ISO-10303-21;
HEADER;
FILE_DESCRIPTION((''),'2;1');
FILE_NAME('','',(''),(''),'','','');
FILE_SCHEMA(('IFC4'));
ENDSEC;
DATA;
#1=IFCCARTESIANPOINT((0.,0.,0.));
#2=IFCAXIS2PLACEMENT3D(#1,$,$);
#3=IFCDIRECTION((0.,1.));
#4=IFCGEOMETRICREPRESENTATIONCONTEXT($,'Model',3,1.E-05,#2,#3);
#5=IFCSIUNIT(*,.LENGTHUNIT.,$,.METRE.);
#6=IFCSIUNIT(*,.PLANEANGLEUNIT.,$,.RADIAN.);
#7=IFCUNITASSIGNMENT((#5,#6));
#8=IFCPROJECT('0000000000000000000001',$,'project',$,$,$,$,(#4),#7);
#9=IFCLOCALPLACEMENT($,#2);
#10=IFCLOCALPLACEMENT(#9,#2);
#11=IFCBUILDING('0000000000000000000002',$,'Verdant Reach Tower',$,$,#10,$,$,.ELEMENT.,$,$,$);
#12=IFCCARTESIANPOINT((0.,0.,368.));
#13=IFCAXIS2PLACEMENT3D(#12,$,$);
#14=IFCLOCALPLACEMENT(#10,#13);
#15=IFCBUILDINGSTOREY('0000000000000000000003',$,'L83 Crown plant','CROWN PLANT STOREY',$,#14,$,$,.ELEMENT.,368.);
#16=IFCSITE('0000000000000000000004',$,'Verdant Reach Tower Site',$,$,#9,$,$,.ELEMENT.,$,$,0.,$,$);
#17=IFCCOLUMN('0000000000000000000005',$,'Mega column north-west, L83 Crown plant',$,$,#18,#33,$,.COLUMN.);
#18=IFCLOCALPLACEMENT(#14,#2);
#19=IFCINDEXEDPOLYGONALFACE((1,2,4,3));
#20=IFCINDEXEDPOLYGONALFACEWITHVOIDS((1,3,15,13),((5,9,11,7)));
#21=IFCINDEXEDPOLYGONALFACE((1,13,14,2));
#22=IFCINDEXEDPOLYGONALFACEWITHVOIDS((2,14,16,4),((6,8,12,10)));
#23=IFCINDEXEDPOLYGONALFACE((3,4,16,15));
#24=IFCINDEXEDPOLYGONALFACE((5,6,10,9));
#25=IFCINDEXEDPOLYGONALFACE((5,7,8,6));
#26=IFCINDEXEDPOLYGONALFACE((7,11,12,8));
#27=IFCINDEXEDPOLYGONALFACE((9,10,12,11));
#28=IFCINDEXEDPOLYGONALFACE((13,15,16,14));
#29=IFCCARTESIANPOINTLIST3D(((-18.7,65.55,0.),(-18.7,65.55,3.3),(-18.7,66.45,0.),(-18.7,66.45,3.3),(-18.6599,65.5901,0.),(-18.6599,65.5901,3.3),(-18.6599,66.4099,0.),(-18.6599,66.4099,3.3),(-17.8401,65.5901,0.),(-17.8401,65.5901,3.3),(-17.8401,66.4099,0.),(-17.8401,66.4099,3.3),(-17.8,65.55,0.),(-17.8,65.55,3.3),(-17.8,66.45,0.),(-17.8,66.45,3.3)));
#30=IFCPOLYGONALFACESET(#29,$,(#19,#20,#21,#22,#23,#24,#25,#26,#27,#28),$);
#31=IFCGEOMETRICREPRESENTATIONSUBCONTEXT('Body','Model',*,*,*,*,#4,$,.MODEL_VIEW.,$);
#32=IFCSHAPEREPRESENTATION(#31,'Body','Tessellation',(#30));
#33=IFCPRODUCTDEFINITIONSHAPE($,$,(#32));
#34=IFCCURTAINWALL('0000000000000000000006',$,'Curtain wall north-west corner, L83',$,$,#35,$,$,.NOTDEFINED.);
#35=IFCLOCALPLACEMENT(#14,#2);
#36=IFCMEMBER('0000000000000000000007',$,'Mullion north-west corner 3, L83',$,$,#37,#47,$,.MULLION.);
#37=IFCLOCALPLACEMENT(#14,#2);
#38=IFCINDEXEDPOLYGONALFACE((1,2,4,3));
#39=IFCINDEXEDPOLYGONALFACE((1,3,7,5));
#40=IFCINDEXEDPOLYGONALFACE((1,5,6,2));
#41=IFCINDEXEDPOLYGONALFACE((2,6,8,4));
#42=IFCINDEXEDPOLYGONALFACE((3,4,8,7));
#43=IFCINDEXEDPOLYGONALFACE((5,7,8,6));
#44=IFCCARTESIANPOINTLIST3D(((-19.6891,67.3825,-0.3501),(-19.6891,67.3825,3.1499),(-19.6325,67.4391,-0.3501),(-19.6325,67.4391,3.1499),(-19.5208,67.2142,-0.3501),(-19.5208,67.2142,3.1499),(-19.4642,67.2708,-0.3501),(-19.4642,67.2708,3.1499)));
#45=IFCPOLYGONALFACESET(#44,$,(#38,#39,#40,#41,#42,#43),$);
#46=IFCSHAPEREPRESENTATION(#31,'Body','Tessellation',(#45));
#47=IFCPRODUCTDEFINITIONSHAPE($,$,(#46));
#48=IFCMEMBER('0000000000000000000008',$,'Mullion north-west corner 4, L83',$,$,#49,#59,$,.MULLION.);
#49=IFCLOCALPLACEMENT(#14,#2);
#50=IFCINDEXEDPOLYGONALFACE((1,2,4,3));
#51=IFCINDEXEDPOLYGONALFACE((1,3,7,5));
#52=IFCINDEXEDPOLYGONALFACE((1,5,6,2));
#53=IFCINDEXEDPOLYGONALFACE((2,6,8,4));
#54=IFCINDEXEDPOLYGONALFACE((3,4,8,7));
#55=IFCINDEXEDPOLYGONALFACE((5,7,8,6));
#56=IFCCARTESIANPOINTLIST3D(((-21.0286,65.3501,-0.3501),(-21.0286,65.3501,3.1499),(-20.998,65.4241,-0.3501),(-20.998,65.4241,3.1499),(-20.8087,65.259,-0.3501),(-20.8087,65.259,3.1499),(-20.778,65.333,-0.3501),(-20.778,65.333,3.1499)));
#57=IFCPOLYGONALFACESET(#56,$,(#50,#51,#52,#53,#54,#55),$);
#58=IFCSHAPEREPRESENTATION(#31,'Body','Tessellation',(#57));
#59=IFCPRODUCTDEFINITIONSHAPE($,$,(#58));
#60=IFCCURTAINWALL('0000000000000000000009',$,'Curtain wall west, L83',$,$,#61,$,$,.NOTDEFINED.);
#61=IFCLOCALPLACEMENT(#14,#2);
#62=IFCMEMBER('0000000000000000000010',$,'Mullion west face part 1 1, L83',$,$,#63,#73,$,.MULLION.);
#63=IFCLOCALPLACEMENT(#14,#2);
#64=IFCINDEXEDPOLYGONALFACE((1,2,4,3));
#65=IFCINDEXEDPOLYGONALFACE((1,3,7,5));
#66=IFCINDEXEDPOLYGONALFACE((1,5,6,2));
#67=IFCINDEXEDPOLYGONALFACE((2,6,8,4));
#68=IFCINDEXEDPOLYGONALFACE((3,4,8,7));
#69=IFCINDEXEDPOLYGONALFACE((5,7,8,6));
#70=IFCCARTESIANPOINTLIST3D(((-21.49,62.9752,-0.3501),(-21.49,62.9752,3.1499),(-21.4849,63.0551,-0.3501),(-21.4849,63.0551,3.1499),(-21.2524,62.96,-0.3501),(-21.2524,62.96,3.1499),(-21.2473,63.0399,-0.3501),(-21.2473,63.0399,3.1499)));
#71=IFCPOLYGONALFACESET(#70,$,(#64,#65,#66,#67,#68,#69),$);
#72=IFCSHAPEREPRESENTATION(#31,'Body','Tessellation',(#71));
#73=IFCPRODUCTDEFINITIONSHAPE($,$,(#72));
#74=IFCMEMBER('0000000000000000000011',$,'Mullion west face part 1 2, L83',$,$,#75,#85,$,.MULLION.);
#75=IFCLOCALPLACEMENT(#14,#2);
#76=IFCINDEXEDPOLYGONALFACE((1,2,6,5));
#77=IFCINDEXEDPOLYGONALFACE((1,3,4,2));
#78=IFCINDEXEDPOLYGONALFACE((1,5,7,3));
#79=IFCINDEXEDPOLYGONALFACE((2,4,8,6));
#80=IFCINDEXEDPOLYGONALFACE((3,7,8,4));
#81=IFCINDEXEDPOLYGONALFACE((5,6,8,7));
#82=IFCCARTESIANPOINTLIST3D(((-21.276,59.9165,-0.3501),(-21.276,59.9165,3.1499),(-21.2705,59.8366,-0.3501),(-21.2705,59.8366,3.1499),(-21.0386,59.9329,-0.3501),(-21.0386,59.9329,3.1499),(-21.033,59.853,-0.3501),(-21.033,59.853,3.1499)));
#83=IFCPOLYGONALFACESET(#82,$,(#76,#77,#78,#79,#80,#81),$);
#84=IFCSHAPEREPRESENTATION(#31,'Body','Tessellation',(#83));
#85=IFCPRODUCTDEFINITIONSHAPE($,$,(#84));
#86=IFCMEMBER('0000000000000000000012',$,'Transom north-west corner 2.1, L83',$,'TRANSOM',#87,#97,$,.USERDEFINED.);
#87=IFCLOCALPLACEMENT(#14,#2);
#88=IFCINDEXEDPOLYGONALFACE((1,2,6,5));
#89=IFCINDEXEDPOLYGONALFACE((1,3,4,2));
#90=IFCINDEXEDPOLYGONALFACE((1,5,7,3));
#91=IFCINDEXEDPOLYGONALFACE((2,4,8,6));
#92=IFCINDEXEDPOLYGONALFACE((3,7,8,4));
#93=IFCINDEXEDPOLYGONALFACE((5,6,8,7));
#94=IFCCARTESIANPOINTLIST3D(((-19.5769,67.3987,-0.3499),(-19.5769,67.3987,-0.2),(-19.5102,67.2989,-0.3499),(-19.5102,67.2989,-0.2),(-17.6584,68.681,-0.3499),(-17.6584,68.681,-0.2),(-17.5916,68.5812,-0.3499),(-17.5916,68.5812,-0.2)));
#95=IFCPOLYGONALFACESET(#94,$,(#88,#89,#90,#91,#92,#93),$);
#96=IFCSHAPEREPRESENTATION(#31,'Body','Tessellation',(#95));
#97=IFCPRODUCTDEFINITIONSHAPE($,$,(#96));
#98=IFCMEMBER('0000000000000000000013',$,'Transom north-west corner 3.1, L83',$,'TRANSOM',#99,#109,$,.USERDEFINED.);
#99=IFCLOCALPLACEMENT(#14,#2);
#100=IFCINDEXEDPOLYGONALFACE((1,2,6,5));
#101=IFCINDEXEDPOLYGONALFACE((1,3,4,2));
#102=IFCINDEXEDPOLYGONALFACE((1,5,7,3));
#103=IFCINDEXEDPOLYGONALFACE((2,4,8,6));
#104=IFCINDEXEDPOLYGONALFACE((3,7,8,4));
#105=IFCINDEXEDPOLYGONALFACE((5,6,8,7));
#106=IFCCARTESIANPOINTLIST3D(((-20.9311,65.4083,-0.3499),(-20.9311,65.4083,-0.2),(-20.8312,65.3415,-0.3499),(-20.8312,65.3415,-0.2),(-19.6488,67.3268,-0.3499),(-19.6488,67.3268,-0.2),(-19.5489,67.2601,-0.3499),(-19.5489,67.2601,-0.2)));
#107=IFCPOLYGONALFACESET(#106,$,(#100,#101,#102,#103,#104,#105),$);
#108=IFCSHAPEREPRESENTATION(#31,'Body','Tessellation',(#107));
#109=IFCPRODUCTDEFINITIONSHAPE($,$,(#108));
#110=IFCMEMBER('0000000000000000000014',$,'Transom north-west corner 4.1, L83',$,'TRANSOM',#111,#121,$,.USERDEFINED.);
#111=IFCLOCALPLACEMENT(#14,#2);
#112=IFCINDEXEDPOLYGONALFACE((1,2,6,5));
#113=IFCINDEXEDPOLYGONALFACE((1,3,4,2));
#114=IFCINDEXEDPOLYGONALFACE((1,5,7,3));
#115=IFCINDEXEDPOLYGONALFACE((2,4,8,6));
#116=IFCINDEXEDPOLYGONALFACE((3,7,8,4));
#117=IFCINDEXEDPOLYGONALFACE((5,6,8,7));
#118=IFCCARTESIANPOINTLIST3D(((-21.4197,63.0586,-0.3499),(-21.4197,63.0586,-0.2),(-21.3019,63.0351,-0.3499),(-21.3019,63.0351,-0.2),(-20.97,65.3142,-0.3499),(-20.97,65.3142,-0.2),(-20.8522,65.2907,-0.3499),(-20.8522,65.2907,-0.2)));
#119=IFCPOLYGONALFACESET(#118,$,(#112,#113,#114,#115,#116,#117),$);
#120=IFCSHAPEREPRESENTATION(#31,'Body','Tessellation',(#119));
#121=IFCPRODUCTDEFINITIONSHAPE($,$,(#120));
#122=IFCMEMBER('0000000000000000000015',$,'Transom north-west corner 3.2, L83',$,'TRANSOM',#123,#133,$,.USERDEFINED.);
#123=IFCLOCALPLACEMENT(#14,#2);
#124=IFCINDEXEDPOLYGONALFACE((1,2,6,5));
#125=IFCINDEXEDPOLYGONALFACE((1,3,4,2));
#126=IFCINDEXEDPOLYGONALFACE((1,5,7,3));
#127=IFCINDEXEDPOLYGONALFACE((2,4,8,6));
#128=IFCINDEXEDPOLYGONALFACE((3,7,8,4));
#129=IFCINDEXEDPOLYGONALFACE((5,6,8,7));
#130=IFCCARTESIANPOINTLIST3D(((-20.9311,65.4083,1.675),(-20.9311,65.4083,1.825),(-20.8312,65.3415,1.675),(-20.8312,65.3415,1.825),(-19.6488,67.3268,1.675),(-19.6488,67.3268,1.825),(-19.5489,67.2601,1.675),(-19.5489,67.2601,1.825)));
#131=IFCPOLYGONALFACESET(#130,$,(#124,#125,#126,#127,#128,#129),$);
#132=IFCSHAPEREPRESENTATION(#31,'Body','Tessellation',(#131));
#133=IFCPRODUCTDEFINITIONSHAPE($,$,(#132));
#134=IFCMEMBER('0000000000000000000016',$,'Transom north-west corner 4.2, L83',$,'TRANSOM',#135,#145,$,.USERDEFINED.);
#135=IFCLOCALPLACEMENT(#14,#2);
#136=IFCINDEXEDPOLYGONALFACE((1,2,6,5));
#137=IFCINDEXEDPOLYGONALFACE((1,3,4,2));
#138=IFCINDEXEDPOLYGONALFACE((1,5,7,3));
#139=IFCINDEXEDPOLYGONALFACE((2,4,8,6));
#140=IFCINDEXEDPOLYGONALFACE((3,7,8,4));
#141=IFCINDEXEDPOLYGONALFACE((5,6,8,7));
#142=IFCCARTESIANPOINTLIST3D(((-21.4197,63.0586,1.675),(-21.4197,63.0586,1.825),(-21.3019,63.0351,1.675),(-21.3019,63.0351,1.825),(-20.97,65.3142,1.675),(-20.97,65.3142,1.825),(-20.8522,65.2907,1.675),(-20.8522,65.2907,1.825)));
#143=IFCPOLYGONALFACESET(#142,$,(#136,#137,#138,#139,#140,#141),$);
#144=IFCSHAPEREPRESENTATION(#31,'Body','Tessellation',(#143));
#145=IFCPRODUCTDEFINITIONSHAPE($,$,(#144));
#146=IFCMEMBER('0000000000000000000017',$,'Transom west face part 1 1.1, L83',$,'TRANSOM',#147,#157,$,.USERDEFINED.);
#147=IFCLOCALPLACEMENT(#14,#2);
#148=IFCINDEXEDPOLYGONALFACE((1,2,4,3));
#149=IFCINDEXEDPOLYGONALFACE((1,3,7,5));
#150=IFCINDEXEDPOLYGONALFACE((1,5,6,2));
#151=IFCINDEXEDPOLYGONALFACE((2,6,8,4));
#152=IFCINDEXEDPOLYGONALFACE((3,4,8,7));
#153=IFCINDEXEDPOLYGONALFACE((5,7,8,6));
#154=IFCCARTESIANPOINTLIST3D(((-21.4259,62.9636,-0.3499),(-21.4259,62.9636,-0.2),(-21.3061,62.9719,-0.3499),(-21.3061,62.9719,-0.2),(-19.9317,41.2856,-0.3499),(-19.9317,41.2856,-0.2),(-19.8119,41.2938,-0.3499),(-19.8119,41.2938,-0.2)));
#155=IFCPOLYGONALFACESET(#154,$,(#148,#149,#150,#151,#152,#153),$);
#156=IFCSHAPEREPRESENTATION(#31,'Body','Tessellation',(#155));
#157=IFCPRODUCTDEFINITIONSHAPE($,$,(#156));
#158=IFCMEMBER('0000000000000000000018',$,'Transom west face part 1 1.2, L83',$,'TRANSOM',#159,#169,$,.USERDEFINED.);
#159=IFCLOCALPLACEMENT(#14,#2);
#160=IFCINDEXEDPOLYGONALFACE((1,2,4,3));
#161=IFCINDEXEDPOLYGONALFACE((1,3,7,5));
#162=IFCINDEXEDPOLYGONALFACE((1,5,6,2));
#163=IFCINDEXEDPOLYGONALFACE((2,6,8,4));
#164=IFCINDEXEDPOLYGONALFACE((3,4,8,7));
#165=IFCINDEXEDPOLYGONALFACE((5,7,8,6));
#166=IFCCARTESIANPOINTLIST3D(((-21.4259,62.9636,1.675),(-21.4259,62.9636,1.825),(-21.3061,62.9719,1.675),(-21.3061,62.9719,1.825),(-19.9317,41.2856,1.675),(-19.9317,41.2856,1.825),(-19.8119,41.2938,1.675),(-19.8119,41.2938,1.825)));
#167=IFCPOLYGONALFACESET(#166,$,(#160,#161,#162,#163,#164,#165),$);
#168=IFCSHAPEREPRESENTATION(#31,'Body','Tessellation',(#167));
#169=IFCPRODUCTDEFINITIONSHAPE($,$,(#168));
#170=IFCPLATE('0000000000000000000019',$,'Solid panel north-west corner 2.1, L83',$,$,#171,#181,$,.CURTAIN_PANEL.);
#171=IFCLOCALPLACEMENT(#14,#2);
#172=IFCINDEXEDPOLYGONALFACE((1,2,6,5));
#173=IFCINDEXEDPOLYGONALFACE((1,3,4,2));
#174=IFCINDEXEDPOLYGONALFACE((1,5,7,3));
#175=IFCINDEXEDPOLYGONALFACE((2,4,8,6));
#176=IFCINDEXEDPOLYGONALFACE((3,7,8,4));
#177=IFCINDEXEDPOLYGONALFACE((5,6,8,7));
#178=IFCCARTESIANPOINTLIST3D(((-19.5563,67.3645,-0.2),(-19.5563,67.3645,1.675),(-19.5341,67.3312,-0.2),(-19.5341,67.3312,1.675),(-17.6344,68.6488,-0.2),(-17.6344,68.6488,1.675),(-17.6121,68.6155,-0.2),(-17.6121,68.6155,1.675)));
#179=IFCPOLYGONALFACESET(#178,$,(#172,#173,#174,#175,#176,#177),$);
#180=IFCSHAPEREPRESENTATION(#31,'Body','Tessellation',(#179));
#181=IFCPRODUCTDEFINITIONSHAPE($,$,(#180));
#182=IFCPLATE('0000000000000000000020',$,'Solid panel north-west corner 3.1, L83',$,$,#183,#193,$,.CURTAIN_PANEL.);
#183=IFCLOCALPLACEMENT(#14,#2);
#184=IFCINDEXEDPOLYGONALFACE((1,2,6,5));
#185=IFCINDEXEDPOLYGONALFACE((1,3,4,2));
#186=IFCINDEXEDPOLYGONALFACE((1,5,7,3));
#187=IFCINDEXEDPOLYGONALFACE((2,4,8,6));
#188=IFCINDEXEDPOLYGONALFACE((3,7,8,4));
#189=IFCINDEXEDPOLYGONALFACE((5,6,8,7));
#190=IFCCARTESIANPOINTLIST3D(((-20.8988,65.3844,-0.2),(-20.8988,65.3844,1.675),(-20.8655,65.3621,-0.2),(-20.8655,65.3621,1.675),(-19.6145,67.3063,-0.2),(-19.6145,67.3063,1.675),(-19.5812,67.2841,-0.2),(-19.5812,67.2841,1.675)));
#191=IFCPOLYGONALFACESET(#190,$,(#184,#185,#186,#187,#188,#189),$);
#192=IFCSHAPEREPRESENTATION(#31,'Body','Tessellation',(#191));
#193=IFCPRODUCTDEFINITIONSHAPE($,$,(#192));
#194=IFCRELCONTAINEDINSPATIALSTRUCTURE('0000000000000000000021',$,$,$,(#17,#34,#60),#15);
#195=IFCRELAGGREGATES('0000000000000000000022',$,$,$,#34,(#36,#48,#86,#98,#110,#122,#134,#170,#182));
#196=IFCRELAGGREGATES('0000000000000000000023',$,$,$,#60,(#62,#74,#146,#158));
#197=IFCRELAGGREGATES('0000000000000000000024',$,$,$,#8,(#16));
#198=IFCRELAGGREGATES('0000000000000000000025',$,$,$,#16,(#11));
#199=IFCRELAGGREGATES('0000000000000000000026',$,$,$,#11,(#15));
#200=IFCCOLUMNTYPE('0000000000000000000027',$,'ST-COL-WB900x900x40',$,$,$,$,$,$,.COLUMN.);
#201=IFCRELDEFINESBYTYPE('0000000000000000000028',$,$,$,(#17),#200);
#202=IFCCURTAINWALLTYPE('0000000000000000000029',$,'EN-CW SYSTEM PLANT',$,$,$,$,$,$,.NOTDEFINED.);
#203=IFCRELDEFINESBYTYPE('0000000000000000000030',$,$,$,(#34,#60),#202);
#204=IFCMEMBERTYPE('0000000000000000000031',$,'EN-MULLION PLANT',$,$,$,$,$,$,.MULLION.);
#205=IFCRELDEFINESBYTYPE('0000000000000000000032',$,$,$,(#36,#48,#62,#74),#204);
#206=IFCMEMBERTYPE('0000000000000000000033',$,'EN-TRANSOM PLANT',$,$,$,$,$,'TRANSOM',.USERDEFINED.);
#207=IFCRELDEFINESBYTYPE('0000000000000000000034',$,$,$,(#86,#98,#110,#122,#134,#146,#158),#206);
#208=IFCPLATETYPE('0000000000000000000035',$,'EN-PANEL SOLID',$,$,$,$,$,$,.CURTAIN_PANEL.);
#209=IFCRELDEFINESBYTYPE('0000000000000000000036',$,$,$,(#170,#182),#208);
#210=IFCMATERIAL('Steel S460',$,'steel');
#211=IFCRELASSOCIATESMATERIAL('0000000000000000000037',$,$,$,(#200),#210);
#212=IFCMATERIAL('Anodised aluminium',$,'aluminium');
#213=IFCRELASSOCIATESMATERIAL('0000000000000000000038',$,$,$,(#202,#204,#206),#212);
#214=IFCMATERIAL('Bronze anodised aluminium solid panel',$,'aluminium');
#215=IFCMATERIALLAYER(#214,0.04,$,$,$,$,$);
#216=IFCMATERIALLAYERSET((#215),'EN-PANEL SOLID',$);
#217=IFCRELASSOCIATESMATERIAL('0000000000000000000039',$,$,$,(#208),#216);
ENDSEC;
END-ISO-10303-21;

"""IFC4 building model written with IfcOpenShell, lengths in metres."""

from ifc_helpers import new_model, si_unit, direction, frame, origin, origin_2d, place, context, subcontext, project, spatial, rectangle, hollow_rectangle, extrude, material, layer, layer_set, material_profile, profile_set, type_object, element, aggregate, save


model = new_model("IFC4")

# Units and contexts
model_context = context("Model", 3, precision=1e-05, world=origin(), true_north=direction((0.0, 1.0)))
body_context = subcontext(model_context, "Body", "Model", "MODEL_VIEW")
ifc_project = project(units=[si_unit("LENGTHUNIT", "METRE"), si_unit("PLANEANGLEUNIT", "RADIAN")], contexts=[model_context])

# Site, building, storey
site_placement = place(None, origin())
site = spatial("IfcSite", under=ifc_project, at=site_placement, Name="Verdant Reach Tower Site", CompositionType="ELEMENT", RefElevation=0.0)
building_placement = place(site_placement, origin())
building = spatial("IfcBuilding", under=site, at=building_placement, Name="Verdant Reach Tower", CompositionType="ELEMENT")
storey_placement = place(building_placement, frame((0.0, 0.0, 368.0)))
storey = spatial("IfcBuildingStorey", under=building, at=storey_placement, Name="L83 Crown plant", Description="CROWN PLANT STOREY", CompositionType="ELEMENT", Elevation=368.0)

# Column
ifc_material_1 = material(Name="Steel S460", Category="steel")
ifc_material_profile_1 = material_profile(ifc_material_1, hollow_rectangle(XDim=0.8999, YDim=0.8999, WallThickness=0.04, at=origin_2d()), Name="WB 900x900x40")
ifc_profile_set_1 = profile_set([ifc_material_profile_1], Name="Steel S460")
column_type = type_object("IfcColumnType", Name="ST-COL-WB900x900x40", PredefinedType="COLUMN", material=ifc_profile_set_1)
column_placement = place(storey_placement, frame((-18.25, 66.0, 0.0), z_axis=(0.0, 0.0, 1.0), x_axis=(1.0, 0.0, 0.0)))
element("IfcColumn", 1, at=column_placement, inside=storey, type_object=column_type, Name="Mega column north-west, L83 Crown plant", PredefinedType="COLUMN", context=body_context, shape_type="SweptSolid", body=[
    extrude(hollow_rectangle(XDim=0.8999, YDim=0.8999, WallThickness=0.04, at=origin_2d()), origin(), (0.0, 0.0, 1.0), 3.3),
])

# Curtain walls, members
ifc_material_2 = material(Name="Anodised aluminium", Category="aluminium")
curtain_wall_type = type_object("IfcCurtainWallType", Name="EN-CW SYSTEM PLANT", PredefinedType="NOTDEFINED", material=ifc_material_2)
curtain_wall_1_placement = place(storey_placement, origin())
curtain_wall_1 = element("IfcCurtainWall", 2, at=curtain_wall_1_placement, inside=storey, type_object=curtain_wall_type, Name="Curtain wall north-west corner, L83", PredefinedType="NOTDEFINED")
ifc_material_profile_2 = material_profile(ifc_material_2, rectangle(XDim=0.238, YDim=0.0801, at=origin_2d()), Name="Mullion 80x240")
ifc_profile_set_2 = profile_set([ifc_material_profile_2], Name="Anodised aluminium")
member_type_1 = type_object("IfcMemberType", Name="EN-MULLION PLANT", PredefinedType="MULLION", material=ifc_profile_set_2)
member_1_placement = place(storey_placement, frame((-19.5767, 67.3267, -0.3501), z_axis=(0.0, 0.0, 1.0), x_axis=(-0.707107, 0.707107, 0.0)))
member_1 = element("IfcMember", 3, at=member_1_placement, type_object=member_type_1, Name="Mullion north-west corner 3, L83", PredefinedType="MULLION", context=body_context, shape_type="SweptSolid", body=[
    extrude(rectangle(XDim=0.238, YDim=0.0801, at=origin_2d()), origin(), (0.0, 0.0, 1.0), 3.5),
])
member_2_placement = place(storey_placement, frame((-20.9033, 65.3416, -0.3501), z_axis=(0.0, 0.0, 1.0), x_axis=(-0.923875, 0.382694, 0.0)))
member_2 = element("IfcMember", 4, at=member_2_placement, type_object=member_type_1, Name="Mullion north-west corner 4, L83", PredefinedType="MULLION", context=body_context, shape_type="SweptSolid", body=[
    extrude(rectangle(XDim=0.238, YDim=0.0801, at=origin_2d()), origin(), (0.0, 0.0, 1.0), 3.5),
])
curtain_wall_2_placement = place(storey_placement, origin())
curtain_wall_2 = element("IfcCurtainWall", 5, at=curtain_wall_2_placement, inside=storey, type_object=curtain_wall_type, Name="Curtain wall west, L83", PredefinedType="NOTDEFINED")
member_3_placement = place(storey_placement, frame((-21.3687, 63.0076, -0.3501), z_axis=(0.0, 0.0, 1.0), x_axis=(-0.997969, 0.063699, 0.0)))
member_3 = element("IfcMember", 6, at=member_3_placement, type_object=member_type_1, Name="Mullion west face part 1 1, L83", PredefinedType="MULLION", context=body_context, shape_type="SweptSolid", body=[
    extrude(rectangle(XDim=0.238, YDim=0.0801, at=origin_2d()), origin(), (0.0, 0.0, 1.0), 3.5),
])
member_4_placement = place(storey_placement, frame((-21.1545, 59.8848, -0.3501), z_axis=(0.0, 0.0, 1.0), x_axis=(-0.99763, -0.068802, 0.0)))
member_4 = element("IfcMember", 7, at=member_4_placement, type_object=member_type_1, Name="Mullion west face part 1 2, L83", PredefinedType="MULLION", context=body_context, shape_type="SweptSolid", body=[
    extrude(rectangle(XDim=0.238, YDim=0.0801, at=origin_2d()), origin(), (0.0, 0.0, 1.0), 3.5),
])

# Members
ifc_material_profile_3 = material_profile(ifc_material_2, rectangle(XDim=0.1201, YDim=0.1499, at=origin_2d()), Name="Transom 150x120")
ifc_profile_set_3 = profile_set([ifc_material_profile_3], Name="Anodised aluminium")
member_type_2 = type_object("IfcMemberType", Name="EN-TRANSOM PLANT", ElementType="TRANSOM", PredefinedType="USERDEFINED", material=ifc_profile_set_3)
member_5_placement = place(storey_placement, frame((-17.625, 68.6311, -0.2749), z_axis=(-0.831399, -0.555676, 0.0), x_axis=(0.555676, -0.831399, 0.0)))
member_5 = element("IfcMember", 8, at=member_5_placement, type_object=member_type_2, Name="Transom north-west corner 2.1, L83", ObjectType="TRANSOM", PredefinedType="USERDEFINED", context=body_context, shape_type="SweptSolid", body=[
    extrude(rectangle(XDim=0.1201, YDim=0.1499, at=origin_2d()), origin(), (0.0, 0.0, 1.0), 2.3076),
])
member_6_placement = place(storey_placement, frame((-19.5989, 67.2935, -0.2749), z_axis=(-0.555676, -0.831399, 0.0), x_axis=(0.831399, -0.555676, 0.0)))
member_6 = element("IfcMember", 9, at=member_6_placement, type_object=member_type_2, Name="Transom north-west corner 3.1, L83", ObjectType="TRANSOM", PredefinedType="USERDEFINED", context=body_context, shape_type="SweptSolid", body=[
    extrude(rectangle(XDim=0.1201, YDim=0.1499, at=origin_2d()), origin(), (0.0, 0.0, 1.0), 2.3076),
])
member_7_placement = place(storey_placement, frame((-20.9111, 65.3025, -0.2749), z_axis=(-0.195524, -0.980699, 0.0), x_axis=(0.980699, -0.195524, 0.0)))
member_7 = element("IfcMember", 10, at=member_7_placement, type_object=member_type_2, Name="Transom north-west corner 4.1, L83", ObjectType="TRANSOM", PredefinedType="USERDEFINED", context=body_context, shape_type="SweptSolid", body=[
    extrude(rectangle(XDim=0.1201, YDim=0.1499, at=origin_2d()), origin(), (0.0, 0.0, 1.0), 2.3),
])
member_8_placement = place(storey_placement, frame((-19.5989, 67.2935, 1.75), z_axis=(-0.555676, -0.831399, 0.0), x_axis=(0.831399, -0.555676, 0.0)))
member_8 = element("IfcMember", 11, at=member_8_placement, type_object=member_type_2, Name="Transom north-west corner 3.2, L83", ObjectType="TRANSOM", PredefinedType="USERDEFINED", context=body_context, shape_type="SweptSolid", body=[
    extrude(rectangle(XDim=0.1201, YDim=0.1499, at=origin_2d()), origin(), (0.0, 0.0, 1.0), 2.3076),
])
member_9_placement = place(storey_placement, frame((-20.9111, 65.3025, 1.75), z_axis=(-0.195524, -0.980699, 0.0), x_axis=(0.980699, -0.195524, 0.0)))
member_9 = element("IfcMember", 12, at=member_9_placement, type_object=member_type_2, Name="Transom north-west corner 4.2, L83", ObjectType="TRANSOM", PredefinedType="USERDEFINED", context=body_context, shape_type="SweptSolid", body=[
    extrude(rectangle(XDim=0.1201, YDim=0.1499, at=origin_2d()), origin(), (0.0, 0.0, 1.0), 2.3),
])
member_10_placement = place(storey_placement, frame((-21.366, 62.9678, -0.2749), z_axis=(0.068761, -0.997633, 0.0), x_axis=(0.997633, 0.068761, 0.0)))
member_10 = element("IfcMember", 13, at=member_10_placement, type_object=member_type_2, Name="Transom west face part 1 1.1, L83", ObjectType="TRANSOM", PredefinedType="USERDEFINED", context=body_context, shape_type="SweptSolid", body=[
    extrude(rectangle(XDim=0.1201, YDim=0.1499, at=origin_2d()), origin(), (0.0, 0.0, 1.0), 21.7295),
])
member_11_placement = place(storey_placement, frame((-21.366, 62.9678, 1.75), z_axis=(0.068761, -0.997633, 0.0), x_axis=(0.997633, 0.068761, 0.0)))
member_11 = element("IfcMember", 14, at=member_11_placement, type_object=member_type_2, Name="Transom west face part 1 1.2, L83", ObjectType="TRANSOM", PredefinedType="USERDEFINED", context=body_context, shape_type="SweptSolid", body=[
    extrude(rectangle(XDim=0.1201, YDim=0.1499, at=origin_2d()), origin(), (0.0, 0.0, 1.0), 21.7295),
])

# Plates
ifc_material_3 = material(Name="Bronze anodised aluminium solid panel", Category="aluminium")
ifc_layer_1 = layer(ifc_material_3, 0.04)
ifc_layer_set_1 = layer_set([ifc_layer_1], Name="EN-PANEL SOLID")
plate_type = type_object("IfcPlateType", Name="EN-PANEL SOLID", PredefinedType="CURTAIN_PANEL", material=ifc_layer_set_1)
plate_1_placement = place(storey_placement, frame((-18.5842, 67.99, -0.2), z_axis=(0.0, 0.0, 1.0), x_axis=(-0.831452, -0.555596, 0.0)))
plate_1 = element("IfcPlate", 15, at=plate_1_placement, type_object=plate_type, Name="Solid panel north-west corner 2.1, L83", PredefinedType="CURTAIN_PANEL", context=body_context, shape_type="SweptSolid", body=[
    extrude(rectangle(XDim=2.3115, YDim=0.04, at=origin_2d()), origin(), (0.0, 0.0, 1.0), 1.875),
])
plate_2_placement = place(storey_placement, frame((-20.24, 66.3342, -0.2), z_axis=(0.0, 0.0, 1.0), x_axis=(-0.555596, -0.831452, 0.0)))
plate_2 = element("IfcPlate", 16, at=plate_2_placement, type_object=plate_type, Name="Solid panel north-west corner 3.1, L83", PredefinedType="CURTAIN_PANEL", context=body_context, shape_type="SweptSolid", body=[
    extrude(rectangle(XDim=2.3115, YDim=0.04, at=origin_2d()), origin(), (0.0, 0.0, 1.0), 1.875),
])

aggregate(curtain_wall_1, [member_1, member_2, member_5, member_6, member_7, member_8, member_9, plate_1, plate_2])
aggregate(curtain_wall_2, [member_3, member_4, member_10, member_11])

save(model, "model.ifc")
